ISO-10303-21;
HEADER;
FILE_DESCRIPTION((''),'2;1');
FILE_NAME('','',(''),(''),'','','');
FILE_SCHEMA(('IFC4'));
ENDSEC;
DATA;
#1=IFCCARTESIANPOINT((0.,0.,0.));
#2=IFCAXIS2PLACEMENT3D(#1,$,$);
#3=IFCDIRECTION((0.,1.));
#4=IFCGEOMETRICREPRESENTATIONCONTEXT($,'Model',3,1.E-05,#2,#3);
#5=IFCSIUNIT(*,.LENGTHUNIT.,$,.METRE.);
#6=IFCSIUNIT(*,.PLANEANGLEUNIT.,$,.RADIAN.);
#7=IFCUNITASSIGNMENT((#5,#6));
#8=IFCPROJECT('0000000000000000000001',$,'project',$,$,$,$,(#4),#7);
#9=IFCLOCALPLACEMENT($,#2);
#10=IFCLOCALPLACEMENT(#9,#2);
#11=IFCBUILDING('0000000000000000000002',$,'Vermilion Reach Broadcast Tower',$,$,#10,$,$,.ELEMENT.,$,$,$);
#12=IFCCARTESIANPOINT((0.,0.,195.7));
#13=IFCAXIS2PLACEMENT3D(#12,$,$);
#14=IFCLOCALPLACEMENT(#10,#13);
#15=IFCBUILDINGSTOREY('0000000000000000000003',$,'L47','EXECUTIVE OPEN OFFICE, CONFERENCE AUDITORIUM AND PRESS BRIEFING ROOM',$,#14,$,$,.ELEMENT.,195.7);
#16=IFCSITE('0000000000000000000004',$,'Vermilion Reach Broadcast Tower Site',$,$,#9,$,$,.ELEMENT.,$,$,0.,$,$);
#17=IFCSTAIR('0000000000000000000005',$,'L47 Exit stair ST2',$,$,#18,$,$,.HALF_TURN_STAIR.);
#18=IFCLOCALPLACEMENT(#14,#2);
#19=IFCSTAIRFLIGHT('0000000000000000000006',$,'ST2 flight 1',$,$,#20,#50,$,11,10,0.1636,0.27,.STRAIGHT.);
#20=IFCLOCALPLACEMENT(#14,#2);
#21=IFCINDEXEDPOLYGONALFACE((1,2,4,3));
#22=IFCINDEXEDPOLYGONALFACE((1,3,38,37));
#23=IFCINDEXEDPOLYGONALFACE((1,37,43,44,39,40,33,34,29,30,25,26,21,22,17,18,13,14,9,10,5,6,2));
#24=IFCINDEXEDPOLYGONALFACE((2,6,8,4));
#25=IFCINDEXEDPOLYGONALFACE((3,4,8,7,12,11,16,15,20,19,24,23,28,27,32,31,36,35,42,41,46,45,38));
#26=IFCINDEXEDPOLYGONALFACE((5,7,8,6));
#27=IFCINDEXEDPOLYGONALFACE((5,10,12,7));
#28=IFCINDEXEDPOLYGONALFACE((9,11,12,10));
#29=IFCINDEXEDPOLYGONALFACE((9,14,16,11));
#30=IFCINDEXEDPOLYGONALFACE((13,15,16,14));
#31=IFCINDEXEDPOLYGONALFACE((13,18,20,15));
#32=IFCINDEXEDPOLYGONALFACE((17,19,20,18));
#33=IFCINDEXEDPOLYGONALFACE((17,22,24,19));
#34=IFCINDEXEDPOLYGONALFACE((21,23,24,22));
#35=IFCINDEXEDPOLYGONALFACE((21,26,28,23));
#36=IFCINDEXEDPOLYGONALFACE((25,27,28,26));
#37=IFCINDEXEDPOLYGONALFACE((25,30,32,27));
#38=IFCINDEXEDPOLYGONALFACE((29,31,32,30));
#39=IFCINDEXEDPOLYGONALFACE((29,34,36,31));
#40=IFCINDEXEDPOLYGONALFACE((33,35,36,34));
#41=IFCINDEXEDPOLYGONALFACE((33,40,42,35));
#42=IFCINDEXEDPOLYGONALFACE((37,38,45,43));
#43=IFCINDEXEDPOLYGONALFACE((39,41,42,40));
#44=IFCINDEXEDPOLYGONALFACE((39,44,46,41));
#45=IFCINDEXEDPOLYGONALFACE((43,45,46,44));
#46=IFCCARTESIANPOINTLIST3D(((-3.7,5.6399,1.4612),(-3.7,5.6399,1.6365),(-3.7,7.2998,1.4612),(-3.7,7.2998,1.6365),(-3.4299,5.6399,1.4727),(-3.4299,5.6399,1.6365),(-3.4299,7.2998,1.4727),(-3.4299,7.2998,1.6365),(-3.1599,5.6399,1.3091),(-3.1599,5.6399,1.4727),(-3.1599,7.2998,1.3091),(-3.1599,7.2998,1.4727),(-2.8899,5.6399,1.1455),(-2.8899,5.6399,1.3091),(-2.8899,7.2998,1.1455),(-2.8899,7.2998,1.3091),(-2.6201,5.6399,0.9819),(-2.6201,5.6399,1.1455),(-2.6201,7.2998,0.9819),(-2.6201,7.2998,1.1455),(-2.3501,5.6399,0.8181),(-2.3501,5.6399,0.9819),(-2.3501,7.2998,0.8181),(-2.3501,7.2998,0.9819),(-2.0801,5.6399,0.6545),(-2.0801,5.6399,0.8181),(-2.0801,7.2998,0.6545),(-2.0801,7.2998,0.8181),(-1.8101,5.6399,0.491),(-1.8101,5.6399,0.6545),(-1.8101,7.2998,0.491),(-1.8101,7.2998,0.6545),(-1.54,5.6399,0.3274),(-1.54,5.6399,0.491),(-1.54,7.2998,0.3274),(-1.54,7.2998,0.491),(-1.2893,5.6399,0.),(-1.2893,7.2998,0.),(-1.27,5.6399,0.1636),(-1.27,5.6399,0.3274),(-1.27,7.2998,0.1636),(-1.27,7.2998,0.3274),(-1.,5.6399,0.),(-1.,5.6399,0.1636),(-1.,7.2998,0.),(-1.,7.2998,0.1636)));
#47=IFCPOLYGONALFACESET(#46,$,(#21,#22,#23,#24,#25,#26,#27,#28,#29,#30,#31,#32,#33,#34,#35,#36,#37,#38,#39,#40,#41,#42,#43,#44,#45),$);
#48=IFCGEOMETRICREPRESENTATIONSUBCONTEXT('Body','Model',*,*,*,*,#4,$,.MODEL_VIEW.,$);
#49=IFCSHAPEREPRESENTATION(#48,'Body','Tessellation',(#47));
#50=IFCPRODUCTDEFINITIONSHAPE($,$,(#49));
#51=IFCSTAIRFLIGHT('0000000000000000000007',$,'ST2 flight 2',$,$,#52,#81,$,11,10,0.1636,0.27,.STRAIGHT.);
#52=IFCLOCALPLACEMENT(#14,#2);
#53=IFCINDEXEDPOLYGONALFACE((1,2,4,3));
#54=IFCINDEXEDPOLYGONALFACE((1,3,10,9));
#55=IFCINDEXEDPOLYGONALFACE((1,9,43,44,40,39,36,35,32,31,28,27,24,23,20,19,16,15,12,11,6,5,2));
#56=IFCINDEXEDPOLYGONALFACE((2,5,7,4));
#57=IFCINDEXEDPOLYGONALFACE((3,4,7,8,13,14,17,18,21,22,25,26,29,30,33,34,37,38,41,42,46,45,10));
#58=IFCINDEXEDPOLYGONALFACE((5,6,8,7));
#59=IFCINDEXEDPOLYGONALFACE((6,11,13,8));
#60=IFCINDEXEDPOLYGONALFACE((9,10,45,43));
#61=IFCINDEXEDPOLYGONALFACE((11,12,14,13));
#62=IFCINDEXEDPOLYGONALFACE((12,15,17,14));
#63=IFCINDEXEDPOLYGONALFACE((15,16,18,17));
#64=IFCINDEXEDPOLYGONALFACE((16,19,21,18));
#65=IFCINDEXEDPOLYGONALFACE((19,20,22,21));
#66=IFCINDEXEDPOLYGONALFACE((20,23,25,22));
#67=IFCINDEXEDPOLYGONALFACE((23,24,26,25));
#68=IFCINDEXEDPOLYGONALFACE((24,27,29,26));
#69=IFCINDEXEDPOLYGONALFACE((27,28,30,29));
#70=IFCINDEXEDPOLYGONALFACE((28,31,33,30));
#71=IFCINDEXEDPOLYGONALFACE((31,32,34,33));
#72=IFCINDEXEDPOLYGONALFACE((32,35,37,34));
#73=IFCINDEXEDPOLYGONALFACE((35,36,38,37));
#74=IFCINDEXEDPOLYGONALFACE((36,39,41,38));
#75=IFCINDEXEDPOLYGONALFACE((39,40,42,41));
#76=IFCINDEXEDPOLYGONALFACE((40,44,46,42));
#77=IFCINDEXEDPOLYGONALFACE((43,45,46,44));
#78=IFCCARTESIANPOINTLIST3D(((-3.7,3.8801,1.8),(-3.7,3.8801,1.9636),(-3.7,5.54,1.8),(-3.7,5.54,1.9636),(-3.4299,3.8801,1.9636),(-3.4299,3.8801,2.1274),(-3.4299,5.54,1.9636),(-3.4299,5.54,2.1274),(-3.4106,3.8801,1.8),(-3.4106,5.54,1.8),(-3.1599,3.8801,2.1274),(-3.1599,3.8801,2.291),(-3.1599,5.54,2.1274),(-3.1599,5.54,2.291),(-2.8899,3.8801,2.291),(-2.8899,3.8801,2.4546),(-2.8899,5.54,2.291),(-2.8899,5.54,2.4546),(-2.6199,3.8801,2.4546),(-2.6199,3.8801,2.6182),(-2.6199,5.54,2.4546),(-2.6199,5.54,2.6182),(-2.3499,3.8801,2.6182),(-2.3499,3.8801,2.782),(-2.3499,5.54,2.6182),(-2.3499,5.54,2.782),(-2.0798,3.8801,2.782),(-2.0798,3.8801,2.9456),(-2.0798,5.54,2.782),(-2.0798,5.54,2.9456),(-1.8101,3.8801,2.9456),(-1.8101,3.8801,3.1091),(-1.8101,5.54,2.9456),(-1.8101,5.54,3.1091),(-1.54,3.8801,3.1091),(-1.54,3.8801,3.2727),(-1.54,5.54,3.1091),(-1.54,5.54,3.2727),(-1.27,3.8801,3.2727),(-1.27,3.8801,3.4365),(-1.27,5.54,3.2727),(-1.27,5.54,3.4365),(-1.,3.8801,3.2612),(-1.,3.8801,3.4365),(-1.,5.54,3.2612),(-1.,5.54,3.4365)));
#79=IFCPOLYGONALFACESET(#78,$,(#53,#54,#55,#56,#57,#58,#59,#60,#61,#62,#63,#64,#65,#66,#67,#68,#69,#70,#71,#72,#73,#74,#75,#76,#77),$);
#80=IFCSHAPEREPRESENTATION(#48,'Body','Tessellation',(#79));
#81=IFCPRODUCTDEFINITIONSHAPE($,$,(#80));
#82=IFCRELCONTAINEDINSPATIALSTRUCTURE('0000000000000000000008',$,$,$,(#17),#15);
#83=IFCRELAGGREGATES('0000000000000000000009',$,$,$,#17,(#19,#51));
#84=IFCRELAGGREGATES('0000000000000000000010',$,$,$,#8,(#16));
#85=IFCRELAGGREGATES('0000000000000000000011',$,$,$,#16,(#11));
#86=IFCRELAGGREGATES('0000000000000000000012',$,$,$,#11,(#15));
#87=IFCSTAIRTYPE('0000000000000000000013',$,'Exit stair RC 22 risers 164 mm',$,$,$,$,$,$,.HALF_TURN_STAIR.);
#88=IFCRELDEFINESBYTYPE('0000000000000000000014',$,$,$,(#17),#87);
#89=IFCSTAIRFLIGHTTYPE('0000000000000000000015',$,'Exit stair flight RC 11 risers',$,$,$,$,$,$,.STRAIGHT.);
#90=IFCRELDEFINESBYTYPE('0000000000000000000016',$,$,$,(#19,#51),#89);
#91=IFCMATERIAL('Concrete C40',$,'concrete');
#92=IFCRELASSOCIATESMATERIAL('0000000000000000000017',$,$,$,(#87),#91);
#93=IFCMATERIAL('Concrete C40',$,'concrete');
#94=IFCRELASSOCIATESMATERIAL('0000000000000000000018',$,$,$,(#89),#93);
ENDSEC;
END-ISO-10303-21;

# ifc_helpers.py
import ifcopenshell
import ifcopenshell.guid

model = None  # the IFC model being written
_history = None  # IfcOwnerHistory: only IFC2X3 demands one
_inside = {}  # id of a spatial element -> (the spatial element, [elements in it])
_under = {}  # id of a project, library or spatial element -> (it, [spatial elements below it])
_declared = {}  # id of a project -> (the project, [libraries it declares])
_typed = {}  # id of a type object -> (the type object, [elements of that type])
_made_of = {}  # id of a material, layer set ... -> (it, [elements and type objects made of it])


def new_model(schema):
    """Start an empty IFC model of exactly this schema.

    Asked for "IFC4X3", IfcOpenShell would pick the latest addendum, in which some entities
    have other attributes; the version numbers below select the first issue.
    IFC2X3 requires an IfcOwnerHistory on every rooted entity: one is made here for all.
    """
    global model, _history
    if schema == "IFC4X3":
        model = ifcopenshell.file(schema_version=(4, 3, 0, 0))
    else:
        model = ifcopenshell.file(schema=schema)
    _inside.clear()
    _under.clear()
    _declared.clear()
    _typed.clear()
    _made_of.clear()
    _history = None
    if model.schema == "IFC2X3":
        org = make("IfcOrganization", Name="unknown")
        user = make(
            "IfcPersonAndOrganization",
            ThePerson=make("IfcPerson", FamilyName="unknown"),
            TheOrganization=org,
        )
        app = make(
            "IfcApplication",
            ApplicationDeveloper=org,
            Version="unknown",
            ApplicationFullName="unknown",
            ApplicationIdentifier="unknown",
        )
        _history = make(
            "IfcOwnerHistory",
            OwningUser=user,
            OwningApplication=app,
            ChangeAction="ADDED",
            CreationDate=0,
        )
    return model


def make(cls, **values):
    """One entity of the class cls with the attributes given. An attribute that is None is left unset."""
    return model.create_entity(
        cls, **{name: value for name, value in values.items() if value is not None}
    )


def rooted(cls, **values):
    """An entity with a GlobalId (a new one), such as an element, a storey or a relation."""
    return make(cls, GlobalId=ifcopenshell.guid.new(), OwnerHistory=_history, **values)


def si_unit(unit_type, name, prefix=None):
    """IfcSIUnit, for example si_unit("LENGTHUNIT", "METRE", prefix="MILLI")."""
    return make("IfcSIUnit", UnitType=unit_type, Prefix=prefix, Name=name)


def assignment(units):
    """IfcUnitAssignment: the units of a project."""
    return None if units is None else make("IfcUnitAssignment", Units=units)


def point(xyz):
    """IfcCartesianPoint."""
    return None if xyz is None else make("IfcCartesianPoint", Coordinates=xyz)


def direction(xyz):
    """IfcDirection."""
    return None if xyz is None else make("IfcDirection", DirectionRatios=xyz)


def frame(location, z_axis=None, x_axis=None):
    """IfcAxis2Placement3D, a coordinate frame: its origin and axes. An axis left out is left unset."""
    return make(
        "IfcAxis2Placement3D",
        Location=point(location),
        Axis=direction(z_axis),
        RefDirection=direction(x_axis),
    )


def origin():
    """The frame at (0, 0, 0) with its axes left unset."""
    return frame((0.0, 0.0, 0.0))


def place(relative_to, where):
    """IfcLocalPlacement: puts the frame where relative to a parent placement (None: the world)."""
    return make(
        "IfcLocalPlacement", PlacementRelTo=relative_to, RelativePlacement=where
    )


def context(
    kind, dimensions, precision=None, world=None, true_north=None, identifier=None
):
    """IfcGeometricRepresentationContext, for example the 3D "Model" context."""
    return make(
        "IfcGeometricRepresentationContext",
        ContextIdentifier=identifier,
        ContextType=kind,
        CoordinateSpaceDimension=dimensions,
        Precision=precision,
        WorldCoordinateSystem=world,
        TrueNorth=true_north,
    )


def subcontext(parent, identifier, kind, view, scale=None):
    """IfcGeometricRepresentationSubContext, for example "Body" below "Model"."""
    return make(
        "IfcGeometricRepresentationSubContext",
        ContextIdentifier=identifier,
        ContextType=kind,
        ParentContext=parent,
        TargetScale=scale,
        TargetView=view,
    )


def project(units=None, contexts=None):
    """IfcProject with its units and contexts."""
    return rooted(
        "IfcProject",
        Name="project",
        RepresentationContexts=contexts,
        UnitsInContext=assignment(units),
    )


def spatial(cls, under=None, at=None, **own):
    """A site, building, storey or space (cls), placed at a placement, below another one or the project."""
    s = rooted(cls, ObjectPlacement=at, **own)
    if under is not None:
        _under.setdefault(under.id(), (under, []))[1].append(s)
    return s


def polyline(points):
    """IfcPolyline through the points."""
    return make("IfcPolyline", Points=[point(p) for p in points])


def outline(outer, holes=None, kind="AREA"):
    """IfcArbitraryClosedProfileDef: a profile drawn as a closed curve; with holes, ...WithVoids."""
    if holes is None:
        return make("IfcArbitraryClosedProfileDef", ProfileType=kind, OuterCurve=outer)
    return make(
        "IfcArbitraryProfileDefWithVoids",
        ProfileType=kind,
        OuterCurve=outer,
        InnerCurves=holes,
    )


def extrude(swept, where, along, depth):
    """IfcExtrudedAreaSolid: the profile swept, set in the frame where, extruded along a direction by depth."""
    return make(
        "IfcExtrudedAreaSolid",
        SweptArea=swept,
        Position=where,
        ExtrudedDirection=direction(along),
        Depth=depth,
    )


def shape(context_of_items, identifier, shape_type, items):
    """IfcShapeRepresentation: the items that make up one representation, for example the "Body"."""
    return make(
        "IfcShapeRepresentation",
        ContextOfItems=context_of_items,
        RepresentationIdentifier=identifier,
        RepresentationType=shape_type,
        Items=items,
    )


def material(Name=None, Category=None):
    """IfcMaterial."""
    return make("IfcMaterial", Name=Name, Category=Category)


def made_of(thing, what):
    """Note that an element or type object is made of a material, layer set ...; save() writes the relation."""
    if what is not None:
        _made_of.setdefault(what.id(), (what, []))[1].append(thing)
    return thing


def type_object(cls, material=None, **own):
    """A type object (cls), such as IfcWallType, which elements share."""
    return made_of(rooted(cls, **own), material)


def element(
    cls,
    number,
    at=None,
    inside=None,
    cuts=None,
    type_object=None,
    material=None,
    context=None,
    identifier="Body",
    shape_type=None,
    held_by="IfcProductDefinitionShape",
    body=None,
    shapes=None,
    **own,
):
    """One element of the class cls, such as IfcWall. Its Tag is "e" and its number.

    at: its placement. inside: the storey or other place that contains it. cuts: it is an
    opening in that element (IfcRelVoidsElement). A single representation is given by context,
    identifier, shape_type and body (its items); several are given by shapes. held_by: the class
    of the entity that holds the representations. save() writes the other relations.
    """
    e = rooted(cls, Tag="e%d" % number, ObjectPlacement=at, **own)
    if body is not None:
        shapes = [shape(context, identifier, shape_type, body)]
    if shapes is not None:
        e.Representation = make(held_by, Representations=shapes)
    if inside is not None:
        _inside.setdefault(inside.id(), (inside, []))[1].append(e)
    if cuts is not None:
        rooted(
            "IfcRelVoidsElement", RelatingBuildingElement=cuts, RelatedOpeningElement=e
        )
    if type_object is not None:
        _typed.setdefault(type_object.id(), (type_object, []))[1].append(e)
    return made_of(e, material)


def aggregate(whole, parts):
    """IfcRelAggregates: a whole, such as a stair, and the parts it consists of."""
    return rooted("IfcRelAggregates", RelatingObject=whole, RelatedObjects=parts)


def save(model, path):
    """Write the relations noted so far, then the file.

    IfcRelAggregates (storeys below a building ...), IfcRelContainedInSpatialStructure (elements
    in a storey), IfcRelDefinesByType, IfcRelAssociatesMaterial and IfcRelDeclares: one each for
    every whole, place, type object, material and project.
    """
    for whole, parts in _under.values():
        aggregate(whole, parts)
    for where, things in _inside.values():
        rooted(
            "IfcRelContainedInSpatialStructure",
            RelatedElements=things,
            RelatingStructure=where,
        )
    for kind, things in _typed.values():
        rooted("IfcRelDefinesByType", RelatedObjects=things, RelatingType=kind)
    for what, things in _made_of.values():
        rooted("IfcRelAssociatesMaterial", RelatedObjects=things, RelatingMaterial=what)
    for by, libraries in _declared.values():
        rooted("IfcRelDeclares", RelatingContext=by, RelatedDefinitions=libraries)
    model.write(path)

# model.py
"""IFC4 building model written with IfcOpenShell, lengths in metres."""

from ifc_helpers import new_model, si_unit, direction, frame, origin, place, context, subcontext, project, spatial, polyline, outline, extrude, material, type_object, element, aggregate, save


model = new_model("IFC4")

# Units and contexts
model_context = context("Model", 3, precision=1e-05, world=origin(), true_north=direction((0.0, 1.0)))
body_context = subcontext(model_context, "Body", "Model", "MODEL_VIEW")
ifc_project = project(units=[si_unit("LENGTHUNIT", "METRE"), si_unit("PLANEANGLEUNIT", "RADIAN")], contexts=[model_context])

# Site, building, storey
site_placement = place(None, origin())
site = spatial("IfcSite", under=ifc_project, at=site_placement, Name="Vermilion Reach Broadcast Tower Site", CompositionType="ELEMENT", RefElevation=0.0)
building_placement = place(site_placement, origin())
building = spatial("IfcBuilding", under=site, at=building_placement, Name="Vermilion Reach Broadcast Tower", CompositionType="ELEMENT")
storey_placement = place(building_placement, frame((0.0, 0.0, 195.7)))
storey = spatial("IfcBuildingStorey", under=building, at=storey_placement, Name="L47", Description="EXECUTIVE OPEN OFFICE, CONFERENCE AUDITORIUM AND PRESS BRIEFING ROOM", CompositionType="ELEMENT", Elevation=195.7)

# Stair
ifc_material_1 = material(Name="Concrete C40", Category="concrete")
stair_type = type_object("IfcStairType", Name="Exit stair RC 22 risers 164 mm", PredefinedType="HALF_TURN_STAIR", material=ifc_material_1)
placement_1 = place(storey_placement, origin())
stair_1 = element("IfcStair", 1, at=placement_1, inside=storey, type_object=stair_type, Name="L47 Exit stair ST2", PredefinedType="HALF_TURN_STAIR")

# Stair flights
ifc_material_2 = material(Name="Concrete C40", Category="concrete")
stair_flight_type = type_object("IfcStairFlightType", Name="Exit stair flight RC 11 risers", PredefinedType="STRAIGHT", material=ifc_material_2)
stair_flight_1_placement = place(storey_placement, frame((-1.0, 6.47, 0.0), z_axis=(0.0, 0.0, 1.0), x_axis=(-1.0, 0.0, 0.0)))
stair_flight_1 = element("IfcStairFlight", 2, at=stair_flight_1_placement, type_object=stair_flight_type, Name="ST2 flight 1", NumberOfRisers=11, NumberOfTreads=10, PredefinedType="STRAIGHT", RiserHeight=0.1636, TreadLength=0.27, context=body_context, shape_type="SweptSolid", body=[
    extrude(outline(polyline([(0.0, 0.0), (0.0, 0.1636), (0.27, 0.1636), (0.27, 0.3274), (0.54, 0.3274), (0.54, 0.491), (0.8101, 0.491), (0.8101, 0.6545), (1.0801, 0.6545), (1.0801, 0.8181), (1.3501, 0.8181), (1.3501, 0.9819), (1.6201, 0.9819), (1.6201, 1.1455), (1.8899, 1.1455), (1.8899, 1.3091), (2.1599, 1.3091), (2.1599, 1.4727), (2.4299, 1.4727), (2.4299, 1.6365), (2.7, 1.6365), (2.7, 1.8), (2.7, 1.4612), (0.2893, 0.0), (0.0, 0.0)])), frame((0.0, 0.8301, 0.0), z_axis=(0.0, -1.0, 0.0), x_axis=(1.0, 0.0, 0.0)), (0.0, 0.0, 1.0), 1.6599),
])
stair_flight_2_placement = place(storey_placement, frame((-3.7, 4.71, 1.8), z_axis=(0.0, 0.0, 1.0), x_axis=(1.0, 0.0, 0.0)))
stair_flight_2 = element("IfcStairFlight", 3, at=stair_flight_2_placement, type_object=stair_flight_type, Name="ST2 flight 2", NumberOfRisers=11, NumberOfTreads=10, PredefinedType="STRAIGHT", RiserHeight=0.1636, TreadLength=0.27, context=body_context, shape_type="SweptSolid", body=[
    extrude(outline(polyline([(0.0, 0.0), (0.0, 0.1636), (0.27, 0.1636), (0.27, 0.3274), (0.54, 0.3274), (0.54, 0.491), (0.8101, 0.491), (0.8101, 0.6545), (1.0801, 0.6545), (1.0801, 0.8181), (1.3501, 0.8181), (1.3501, 0.9819), (1.6201, 0.9819), (1.6201, 1.1455), (1.8899, 1.1455), (1.8899, 1.3091), (2.1599, 1.3091), (2.1599, 1.4727), (2.4299, 1.4727), (2.4299, 1.6365), (2.7, 1.6365), (2.7, 1.8), (2.7, 1.4612), (0.2893, 0.0), (0.0, 0.0)])), frame((0.0, 0.8301, 0.0), z_axis=(0.0, -1.0, 0.0), x_axis=(1.0, 0.0, 0.0)), (0.0, 0.0, 1.0), 1.6599),
])
aggregate(stair_1, [stair_flight_1, stair_flight_2])

save(model, "model.ifc")
